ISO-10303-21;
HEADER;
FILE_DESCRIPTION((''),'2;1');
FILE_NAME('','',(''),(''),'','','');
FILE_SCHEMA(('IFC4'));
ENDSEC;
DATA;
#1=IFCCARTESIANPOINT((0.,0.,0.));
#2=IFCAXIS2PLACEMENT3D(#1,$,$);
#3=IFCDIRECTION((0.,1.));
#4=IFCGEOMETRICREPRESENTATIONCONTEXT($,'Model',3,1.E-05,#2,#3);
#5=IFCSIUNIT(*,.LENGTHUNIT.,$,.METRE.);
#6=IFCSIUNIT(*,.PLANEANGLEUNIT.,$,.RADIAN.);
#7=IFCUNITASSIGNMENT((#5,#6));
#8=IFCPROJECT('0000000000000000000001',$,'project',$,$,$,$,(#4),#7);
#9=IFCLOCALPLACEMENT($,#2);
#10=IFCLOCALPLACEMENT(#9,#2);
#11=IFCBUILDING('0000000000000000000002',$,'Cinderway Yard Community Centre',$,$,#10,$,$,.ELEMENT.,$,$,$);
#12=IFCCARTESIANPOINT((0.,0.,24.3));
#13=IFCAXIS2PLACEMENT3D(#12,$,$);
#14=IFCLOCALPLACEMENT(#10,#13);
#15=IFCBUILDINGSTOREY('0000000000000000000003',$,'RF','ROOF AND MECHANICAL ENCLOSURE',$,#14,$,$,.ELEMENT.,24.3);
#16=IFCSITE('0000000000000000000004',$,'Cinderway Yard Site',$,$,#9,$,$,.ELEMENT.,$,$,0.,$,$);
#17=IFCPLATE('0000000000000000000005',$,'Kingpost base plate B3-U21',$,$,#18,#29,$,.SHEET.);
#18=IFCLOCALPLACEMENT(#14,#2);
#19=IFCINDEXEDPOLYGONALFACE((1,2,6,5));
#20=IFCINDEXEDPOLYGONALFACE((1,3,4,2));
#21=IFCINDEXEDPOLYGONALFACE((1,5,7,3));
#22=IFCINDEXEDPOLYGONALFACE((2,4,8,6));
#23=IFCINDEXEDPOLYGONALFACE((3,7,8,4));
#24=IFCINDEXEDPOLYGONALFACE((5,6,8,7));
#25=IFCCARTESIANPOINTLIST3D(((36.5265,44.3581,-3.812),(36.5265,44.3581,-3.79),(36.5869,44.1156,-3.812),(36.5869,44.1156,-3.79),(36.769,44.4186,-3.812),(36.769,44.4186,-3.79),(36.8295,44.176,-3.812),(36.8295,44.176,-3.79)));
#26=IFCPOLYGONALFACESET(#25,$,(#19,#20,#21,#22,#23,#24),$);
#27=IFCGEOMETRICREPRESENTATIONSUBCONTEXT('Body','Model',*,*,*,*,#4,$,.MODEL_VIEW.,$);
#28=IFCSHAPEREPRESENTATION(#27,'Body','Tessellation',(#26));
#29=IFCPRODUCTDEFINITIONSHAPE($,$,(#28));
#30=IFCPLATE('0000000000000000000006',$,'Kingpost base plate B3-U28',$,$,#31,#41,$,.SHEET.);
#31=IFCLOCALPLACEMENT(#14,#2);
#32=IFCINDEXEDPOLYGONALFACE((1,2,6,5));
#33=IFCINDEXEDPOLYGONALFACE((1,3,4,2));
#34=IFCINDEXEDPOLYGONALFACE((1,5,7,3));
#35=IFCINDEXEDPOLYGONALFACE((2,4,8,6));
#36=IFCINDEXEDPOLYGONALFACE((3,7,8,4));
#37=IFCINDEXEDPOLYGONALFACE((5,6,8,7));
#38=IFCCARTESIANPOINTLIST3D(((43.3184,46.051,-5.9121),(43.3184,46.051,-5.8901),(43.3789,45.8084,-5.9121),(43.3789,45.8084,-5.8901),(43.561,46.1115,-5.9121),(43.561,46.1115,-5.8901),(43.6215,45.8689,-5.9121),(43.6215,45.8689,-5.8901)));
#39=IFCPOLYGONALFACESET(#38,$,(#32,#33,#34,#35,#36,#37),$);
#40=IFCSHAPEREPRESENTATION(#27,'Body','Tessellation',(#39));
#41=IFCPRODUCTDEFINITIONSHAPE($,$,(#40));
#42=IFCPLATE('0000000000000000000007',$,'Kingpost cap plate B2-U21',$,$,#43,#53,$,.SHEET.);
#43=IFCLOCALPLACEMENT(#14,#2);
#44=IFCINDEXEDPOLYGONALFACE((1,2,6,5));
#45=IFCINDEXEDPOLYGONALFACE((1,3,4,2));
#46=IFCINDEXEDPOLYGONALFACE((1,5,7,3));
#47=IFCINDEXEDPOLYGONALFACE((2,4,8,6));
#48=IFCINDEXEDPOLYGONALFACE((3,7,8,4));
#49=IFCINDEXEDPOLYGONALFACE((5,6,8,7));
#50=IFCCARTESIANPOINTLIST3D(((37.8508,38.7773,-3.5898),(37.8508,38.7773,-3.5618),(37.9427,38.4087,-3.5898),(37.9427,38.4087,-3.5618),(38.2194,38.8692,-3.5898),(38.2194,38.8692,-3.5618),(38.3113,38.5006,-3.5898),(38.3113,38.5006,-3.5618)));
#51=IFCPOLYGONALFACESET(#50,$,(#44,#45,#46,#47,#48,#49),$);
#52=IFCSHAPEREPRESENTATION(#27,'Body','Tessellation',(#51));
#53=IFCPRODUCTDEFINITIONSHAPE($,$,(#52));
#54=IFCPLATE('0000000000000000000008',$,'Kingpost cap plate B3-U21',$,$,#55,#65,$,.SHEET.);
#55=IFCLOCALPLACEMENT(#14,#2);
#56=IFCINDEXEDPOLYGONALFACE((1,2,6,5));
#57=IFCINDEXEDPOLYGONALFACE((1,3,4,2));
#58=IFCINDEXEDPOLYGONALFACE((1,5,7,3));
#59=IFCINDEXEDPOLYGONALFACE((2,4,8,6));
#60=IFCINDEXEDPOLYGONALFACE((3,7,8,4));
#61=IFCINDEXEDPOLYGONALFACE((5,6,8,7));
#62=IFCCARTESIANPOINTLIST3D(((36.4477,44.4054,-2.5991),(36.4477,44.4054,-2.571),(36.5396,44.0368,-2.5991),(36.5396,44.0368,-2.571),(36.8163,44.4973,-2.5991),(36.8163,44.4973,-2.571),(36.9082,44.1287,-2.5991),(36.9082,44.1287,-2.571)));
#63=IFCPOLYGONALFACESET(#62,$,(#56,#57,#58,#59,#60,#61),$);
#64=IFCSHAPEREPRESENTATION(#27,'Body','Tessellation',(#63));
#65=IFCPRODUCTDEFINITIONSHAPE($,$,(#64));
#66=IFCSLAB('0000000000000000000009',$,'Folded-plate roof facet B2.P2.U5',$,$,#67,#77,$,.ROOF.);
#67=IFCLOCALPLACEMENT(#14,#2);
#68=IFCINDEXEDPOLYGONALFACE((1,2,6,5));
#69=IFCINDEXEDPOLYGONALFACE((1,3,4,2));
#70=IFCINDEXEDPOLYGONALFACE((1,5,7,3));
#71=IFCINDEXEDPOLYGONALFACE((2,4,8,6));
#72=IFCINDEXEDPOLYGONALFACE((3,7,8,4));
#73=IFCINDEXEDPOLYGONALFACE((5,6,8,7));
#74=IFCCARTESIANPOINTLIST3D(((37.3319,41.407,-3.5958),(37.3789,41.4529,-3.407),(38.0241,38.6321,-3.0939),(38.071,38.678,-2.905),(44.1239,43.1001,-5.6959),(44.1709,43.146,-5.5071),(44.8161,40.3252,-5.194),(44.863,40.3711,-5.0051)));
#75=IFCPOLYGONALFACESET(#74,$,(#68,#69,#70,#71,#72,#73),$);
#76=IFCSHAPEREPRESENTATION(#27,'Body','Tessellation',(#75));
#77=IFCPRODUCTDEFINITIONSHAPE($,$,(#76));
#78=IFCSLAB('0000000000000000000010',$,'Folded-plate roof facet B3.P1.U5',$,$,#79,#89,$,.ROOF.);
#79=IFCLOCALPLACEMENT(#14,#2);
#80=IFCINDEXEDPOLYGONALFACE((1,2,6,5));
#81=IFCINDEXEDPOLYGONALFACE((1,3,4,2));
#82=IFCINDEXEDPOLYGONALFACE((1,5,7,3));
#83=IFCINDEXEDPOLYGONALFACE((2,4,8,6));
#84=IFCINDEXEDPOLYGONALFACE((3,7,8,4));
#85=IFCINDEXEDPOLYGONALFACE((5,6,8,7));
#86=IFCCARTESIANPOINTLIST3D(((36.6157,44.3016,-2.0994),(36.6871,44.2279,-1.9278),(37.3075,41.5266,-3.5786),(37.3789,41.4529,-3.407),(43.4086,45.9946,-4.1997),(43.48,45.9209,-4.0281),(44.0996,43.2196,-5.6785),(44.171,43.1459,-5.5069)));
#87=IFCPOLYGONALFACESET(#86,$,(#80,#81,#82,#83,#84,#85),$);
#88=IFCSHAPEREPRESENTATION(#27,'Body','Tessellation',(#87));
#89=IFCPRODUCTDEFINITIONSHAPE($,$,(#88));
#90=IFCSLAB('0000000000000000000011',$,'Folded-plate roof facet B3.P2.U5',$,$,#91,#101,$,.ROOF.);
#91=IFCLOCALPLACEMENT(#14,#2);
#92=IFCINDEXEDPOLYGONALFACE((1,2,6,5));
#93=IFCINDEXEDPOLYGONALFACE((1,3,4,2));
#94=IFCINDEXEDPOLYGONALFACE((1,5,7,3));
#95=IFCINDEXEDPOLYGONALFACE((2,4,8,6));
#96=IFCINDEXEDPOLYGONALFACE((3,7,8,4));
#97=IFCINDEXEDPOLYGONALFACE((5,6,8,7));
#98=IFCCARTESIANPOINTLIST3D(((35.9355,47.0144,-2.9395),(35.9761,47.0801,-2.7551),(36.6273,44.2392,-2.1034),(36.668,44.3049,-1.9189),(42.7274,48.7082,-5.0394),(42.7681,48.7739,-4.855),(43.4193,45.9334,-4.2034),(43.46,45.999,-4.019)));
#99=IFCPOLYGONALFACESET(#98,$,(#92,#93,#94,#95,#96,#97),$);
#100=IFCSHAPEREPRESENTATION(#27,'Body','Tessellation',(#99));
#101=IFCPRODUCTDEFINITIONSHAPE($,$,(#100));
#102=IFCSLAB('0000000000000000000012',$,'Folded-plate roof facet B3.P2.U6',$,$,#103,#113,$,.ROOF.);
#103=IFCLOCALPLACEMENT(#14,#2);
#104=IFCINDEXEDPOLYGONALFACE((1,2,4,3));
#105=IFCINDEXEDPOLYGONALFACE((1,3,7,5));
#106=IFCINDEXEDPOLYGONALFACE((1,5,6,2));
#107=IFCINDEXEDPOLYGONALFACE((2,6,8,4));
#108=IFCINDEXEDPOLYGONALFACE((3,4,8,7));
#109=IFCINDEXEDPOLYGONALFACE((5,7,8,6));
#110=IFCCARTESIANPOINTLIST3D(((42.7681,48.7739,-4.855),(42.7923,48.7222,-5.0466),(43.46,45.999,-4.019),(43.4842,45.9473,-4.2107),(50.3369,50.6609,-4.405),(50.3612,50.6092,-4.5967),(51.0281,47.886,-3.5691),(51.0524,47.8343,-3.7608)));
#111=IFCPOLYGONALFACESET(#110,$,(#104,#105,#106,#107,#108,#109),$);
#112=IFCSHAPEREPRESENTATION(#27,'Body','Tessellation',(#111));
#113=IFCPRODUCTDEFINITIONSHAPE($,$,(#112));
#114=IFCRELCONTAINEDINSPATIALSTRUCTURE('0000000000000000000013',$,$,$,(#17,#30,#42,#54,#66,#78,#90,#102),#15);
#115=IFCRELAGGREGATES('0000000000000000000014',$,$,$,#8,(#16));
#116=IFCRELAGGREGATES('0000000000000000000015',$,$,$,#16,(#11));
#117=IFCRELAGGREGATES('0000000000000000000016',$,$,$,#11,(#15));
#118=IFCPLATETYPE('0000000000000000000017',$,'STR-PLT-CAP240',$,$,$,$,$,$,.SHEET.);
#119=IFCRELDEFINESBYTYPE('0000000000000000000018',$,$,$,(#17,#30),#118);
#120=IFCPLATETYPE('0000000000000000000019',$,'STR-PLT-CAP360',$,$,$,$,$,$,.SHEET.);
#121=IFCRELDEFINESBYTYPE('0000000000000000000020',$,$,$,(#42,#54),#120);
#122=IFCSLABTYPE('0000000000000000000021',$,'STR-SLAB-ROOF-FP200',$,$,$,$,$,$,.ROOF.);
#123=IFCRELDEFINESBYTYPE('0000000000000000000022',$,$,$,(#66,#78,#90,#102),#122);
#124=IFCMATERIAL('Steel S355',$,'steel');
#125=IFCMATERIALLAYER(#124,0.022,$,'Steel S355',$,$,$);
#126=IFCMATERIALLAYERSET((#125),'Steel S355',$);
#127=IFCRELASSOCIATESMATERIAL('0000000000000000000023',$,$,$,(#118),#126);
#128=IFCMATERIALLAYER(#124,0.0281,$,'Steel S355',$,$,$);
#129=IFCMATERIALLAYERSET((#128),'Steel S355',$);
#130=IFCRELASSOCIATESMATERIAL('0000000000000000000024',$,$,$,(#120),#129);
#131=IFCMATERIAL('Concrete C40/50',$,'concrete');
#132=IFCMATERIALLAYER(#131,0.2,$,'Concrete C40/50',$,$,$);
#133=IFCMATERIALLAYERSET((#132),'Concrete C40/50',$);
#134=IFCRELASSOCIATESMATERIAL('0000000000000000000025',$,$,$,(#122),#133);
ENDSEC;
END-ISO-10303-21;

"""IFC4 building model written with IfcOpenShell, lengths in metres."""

from ifc_helpers import new_model, si_unit, direction, frame, origin, origin_2d, place, context, subcontext, project, spatial, polyline, rectangle, outline, extrude, material, layer, layer_set, type_object, element, save


model = new_model("IFC4")

# Units and contexts
model_context = context("Model", 3, precision=1e-05, world=origin(), true_north=direction((0.0, 1.0)))
body_context = subcontext(model_context, "Body", "Model", "MODEL_VIEW")
ifc_project = project(units=[si_unit("LENGTHUNIT", "METRE"), si_unit("PLANEANGLEUNIT", "RADIAN")], contexts=[model_context])

# Site, building, storey
site_placement = place(None, origin())
site = spatial("IfcSite", under=ifc_project, at=site_placement, Name="Cinderway Yard Site", CompositionType="ELEMENT", RefElevation=0.0)
building_placement = place(site_placement, origin())
building = spatial("IfcBuilding", under=site, at=building_placement, Name="Cinderway Yard Community Centre", CompositionType="ELEMENT")
storey_placement = place(building_placement, frame((0.0, 0.0, 24.3)))
storey = spatial("IfcBuildingStorey", under=building, at=storey_placement, Name="RF", Description="ROOF AND MECHANICAL ENCLOSURE", CompositionType="ELEMENT", Elevation=24.3)

# Shared definitions
ifc_material_1 = material(Name="Concrete C40/50", Category="concrete")
ifc_material_2 = material(Name="Steel S355", Category="steel")

# Plates
ifc_layer_1 = layer(ifc_material_2, 0.022, Name="Steel S355")
ifc_layer_set_1 = layer_set([ifc_layer_1], Name="Steel S355")
plate_type_1 = type_object("IfcPlateType", Name="STR-PLT-CAP240", PredefinedType="SHEET", material=ifc_layer_set_1)
for number, where, z_axis, x_axis, name in (
    (1, (36.678, 44.2671, -3.812), (0.0, 0.0, 1.0), (0.970296, 0.241922, 0.0), "Kingpost base plate B3-U21"),
    (2, (43.47, 45.96, -5.9121), (0.0, 0.0, 1.0), (0.970296, 0.241922, 0.0), "Kingpost base plate B3-U28"),
):
    element("IfcPlate", number, at=place(storey_placement, frame(where, z_axis=z_axis, x_axis=x_axis)), inside=storey, type_object=plate_type_1, Name=name, PredefinedType="SHEET", context=body_context, shape_type="SweptSolid", body=[
        extrude(rectangle(XDim=0.25, YDim=0.25, at=origin_2d()), origin(), (0.0, 0.0, 1.0), 0.022),
    ])
ifc_layer_2 = layer(ifc_material_2, 0.0281, Name="Steel S355")
ifc_layer_set_2 = layer_set([ifc_layer_2], Name="Steel S355")
plate_type_2 = type_object("IfcPlateType", Name="STR-PLT-CAP360", PredefinedType="SHEET", material=ifc_layer_set_2)
for number, where, z_axis, x_axis, name in (
    (3, (38.0811, 38.6389, -3.5898), (0.0, 0.0, 1.0), (0.970296, 0.241922, 0.0), "Kingpost cap plate B2-U21"),
    (4, (36.678, 44.2671, -2.5991), (0.0, 0.0, 1.0), (0.970296, 0.241922, 0.0), "Kingpost cap plate B3-U21"),
):
    element("IfcPlate", number, at=place(storey_placement, frame(where, z_axis=z_axis, x_axis=x_axis)), inside=storey, type_object=plate_type_2, Name=name, PredefinedType="SHEET", context=body_context, shape_type="SweptSolid", body=[
        extrude(rectangle(XDim=0.3799, YDim=0.3799, at=origin_2d()), origin(), (0.0, 0.0, 1.0), 0.0281),
    ])

# Slabs
ifc_layer_3 = layer(ifc_material_1, 0.2, Name="Concrete C40/50")
ifc_layer_set_3 = layer_set([ifc_layer_3], Name="Concrete C40/50")
slab_type = type_object("IfcSlabType", Name="STR-SLAB-ROOF-FP200", PredefinedType="ROOF", material=ifc_layer_set_3)
slab_1_placement = place(storey_placement, frame((38.071, 38.678, -2.905), z_axis=(0.234864, 0.229444, 0.94456), x_axis=(0.92938, 0.231677, -0.287366)))
element("IfcSlab", 5, at=slab_1_placement, inside=storey, type_object=slab_type, Name="Folded-plate roof facet B2.P2.U5", PredefinedType="ROOF", context=body_context, shape_type="SweptSolid", body=[
    extrude(outline(polyline([(0.0, 0.0), (7.3081, 0.0), (7.452, 2.9001), (0.1439, 2.9001), (0.0, 0.0)])), origin(), (0.0, 0.0, -1.0), 0.2),
])
slab_2_placement = place(storey_placement, frame((37.3789, 41.4529, -3.407), z_axis=(0.357198, -0.368444, 0.858288), x_axis=(0.92939, 0.231666, -0.28734)))
element("IfcSlab", 6, at=slab_2_placement, inside=storey, type_object=slab_type, Name="Folded-plate roof facet B3.P1.U5", PredefinedType="ROOF", context=body_context, shape_type="SweptSolid", body=[
    extrude(outline(polyline([(0.0, 0.0), (7.3081, 0.0), (6.8838, 3.1914), (-0.4251, 3.1917), (0.0, 0.0)])), origin(), (0.0, 0.0, -1.0), 0.2),
])
slab_3_placement = place(storey_placement, frame((36.668, 44.3049, -1.9189), z_axis=(0.203233, 0.32856, 0.922358), x_axis=(0.929353, 0.231806, -0.287348)))
element("IfcSlab", 7, at=slab_3_placement, inside=storey, type_object=slab_type, Name="Folded-plate roof facet B3.P2.U5", PredefinedType="ROOF", context=body_context, shape_type="SweptSolid", body=[
    extrude(outline(polyline([(0.0, 0.0), (7.3083, 0.0), (7.5487, 2.9698), (0.2406, 2.9701), (0.0, 0.0)])), origin(), (0.0, 0.0, -1.0), 0.2),
])
slab_4_placement = place(storey_placement, frame((43.46, 45.999, -4.019), z_axis=(-0.121412, 0.25845, 0.958365), x_axis=(0.968685, 0.241521, 0.057586)))
element("IfcSlab", 8, at=slab_4_placement, inside=storey, type_object=slab_type, Name="Folded-plate roof facet B3.P2.U6", PredefinedType="ROOF", context=body_context, shape_type="SweptSolid", body=[
    extrude(outline(polyline([(0.0, 0.0), (7.8128, 0.0), (7.7653, 2.979), (-0.0482, 2.9791), (0.0, 0.0)])), origin(), (0.0, 0.0, -1.0), 0.2),
])

save(model, "model.ifc")
